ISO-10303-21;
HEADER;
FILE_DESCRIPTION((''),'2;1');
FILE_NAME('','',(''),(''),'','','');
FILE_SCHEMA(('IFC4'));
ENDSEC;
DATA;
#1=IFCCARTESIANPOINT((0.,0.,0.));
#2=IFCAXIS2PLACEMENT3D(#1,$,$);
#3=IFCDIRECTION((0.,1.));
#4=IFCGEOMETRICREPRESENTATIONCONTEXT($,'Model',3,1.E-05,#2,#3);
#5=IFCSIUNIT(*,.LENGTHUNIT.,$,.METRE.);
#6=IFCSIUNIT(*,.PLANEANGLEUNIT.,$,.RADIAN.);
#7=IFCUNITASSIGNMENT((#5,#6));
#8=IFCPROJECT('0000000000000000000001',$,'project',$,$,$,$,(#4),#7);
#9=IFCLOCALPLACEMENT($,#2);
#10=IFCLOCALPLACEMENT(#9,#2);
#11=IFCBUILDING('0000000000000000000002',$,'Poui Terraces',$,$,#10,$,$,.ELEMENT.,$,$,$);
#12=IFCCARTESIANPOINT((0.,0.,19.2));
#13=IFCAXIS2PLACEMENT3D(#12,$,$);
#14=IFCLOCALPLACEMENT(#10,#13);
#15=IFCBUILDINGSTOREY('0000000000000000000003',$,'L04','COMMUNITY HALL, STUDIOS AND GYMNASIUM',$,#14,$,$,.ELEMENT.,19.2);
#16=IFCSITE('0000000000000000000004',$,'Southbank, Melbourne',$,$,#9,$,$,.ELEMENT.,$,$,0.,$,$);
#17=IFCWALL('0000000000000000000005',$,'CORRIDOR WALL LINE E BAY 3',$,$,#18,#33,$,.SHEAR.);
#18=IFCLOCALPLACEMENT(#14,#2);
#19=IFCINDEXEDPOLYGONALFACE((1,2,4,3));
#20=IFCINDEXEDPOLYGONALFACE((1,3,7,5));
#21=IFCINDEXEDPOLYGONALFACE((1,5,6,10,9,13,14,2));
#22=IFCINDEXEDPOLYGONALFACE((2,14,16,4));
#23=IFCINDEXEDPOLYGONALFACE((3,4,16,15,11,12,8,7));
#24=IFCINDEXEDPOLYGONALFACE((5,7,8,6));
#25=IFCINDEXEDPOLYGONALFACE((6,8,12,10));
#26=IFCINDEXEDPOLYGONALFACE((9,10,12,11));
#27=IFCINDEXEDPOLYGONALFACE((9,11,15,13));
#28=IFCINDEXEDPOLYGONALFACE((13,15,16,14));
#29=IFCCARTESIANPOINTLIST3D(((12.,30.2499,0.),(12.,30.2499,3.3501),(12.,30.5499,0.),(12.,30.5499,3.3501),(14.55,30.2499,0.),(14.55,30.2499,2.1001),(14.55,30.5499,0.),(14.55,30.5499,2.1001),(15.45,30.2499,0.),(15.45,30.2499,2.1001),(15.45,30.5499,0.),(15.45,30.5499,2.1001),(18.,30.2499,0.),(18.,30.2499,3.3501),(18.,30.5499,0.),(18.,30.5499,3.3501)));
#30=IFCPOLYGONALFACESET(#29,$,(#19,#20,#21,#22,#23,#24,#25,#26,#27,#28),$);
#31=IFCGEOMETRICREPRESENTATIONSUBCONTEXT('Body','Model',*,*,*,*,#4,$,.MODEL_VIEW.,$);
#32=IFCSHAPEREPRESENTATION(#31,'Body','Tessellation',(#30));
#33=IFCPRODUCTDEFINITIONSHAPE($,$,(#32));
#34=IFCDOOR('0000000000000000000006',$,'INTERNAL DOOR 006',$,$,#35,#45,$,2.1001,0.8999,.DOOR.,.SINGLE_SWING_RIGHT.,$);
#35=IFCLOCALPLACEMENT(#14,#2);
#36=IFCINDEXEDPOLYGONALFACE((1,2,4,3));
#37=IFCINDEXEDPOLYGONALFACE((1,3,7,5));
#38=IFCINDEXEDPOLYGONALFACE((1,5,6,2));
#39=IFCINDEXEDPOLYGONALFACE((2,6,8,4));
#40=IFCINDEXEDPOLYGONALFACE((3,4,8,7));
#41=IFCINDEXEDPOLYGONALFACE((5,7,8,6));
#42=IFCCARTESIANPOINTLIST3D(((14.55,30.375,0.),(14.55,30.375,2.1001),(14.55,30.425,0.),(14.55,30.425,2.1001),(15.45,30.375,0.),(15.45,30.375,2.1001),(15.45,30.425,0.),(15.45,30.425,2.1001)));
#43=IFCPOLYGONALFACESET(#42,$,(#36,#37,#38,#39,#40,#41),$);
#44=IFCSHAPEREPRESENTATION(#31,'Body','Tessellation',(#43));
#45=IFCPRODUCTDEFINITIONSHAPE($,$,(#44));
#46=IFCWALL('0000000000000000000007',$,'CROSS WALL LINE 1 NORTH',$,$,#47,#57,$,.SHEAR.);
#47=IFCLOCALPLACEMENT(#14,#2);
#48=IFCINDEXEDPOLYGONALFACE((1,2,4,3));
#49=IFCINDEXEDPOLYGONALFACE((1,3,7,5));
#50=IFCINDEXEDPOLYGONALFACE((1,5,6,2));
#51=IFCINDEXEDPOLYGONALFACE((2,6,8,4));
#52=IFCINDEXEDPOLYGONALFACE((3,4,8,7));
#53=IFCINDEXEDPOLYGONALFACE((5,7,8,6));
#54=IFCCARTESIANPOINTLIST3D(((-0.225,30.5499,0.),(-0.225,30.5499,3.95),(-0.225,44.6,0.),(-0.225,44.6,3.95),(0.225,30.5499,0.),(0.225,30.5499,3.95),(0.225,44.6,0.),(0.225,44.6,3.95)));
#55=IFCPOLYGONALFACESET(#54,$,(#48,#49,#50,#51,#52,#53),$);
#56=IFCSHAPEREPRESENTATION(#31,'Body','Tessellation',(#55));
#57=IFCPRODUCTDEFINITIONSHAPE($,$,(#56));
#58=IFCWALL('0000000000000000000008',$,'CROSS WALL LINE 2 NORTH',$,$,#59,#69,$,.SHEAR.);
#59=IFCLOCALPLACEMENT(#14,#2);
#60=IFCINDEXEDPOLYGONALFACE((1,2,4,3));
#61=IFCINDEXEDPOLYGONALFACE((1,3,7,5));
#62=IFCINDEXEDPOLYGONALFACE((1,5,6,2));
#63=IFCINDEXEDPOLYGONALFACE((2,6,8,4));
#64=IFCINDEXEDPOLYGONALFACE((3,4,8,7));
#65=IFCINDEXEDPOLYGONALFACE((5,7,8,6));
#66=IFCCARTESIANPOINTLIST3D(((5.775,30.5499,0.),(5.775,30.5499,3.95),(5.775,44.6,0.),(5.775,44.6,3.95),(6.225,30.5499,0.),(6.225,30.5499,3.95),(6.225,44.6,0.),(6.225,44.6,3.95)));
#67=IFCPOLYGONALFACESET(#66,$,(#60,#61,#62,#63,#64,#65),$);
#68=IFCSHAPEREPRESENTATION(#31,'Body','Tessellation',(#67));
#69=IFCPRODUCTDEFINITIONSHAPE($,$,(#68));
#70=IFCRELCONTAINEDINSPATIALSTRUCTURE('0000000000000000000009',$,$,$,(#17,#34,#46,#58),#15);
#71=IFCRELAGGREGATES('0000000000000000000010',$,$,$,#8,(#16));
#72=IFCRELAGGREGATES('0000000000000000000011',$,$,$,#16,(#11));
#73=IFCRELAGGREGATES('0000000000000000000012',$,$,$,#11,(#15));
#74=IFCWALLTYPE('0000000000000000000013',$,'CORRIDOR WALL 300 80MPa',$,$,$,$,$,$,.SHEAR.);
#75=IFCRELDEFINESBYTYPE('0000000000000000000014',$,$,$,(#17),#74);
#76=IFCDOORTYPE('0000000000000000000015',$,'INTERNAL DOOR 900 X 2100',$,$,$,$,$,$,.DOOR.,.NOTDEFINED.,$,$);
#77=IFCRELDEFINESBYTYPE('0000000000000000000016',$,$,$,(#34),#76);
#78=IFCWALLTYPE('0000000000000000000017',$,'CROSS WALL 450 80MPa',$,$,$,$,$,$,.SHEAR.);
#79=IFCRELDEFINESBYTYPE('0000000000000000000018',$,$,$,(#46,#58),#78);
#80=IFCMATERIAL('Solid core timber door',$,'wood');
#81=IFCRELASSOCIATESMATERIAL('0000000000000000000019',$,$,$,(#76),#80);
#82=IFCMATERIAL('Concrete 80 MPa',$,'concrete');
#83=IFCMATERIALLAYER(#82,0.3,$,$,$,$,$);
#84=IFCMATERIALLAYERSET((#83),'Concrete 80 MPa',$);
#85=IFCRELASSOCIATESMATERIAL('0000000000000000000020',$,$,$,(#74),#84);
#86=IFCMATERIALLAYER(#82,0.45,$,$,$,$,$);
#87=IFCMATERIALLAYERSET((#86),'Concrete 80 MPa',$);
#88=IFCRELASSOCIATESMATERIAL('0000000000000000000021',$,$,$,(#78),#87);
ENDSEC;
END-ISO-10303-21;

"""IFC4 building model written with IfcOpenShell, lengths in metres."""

from ifc_helpers import new_model, si_unit, direction, frame, frame_2d, origin, place, context, subcontext, project, spatial, rectangle, extrude, material, layer, layer_set, type_object, element, fill, save


model = new_model("IFC4")

# Units and contexts
model_context = context("Model", 3, precision=1e-05, world=origin(), true_north=direction((0.0, 1.0)))
body_context = subcontext(model_context, "Body", "Model", "MODEL_VIEW")
ifc_project = project(units=[si_unit("LENGTHUNIT", "METRE"), si_unit("PLANEANGLEUNIT", "RADIAN")], contexts=[model_context])

# Site, building, storey
site_placement = place(None, origin())
site = spatial("IfcSite", under=ifc_project, at=site_placement, Name="Southbank, Melbourne", CompositionType="ELEMENT", RefElevation=0.0)
building_placement = place(site_placement, origin())
building = spatial("IfcBuilding", under=site, at=building_placement, Name="Poui Terraces", CompositionType="ELEMENT")
storey_placement = place(building_placement, frame((0.0, 0.0, 19.2)))
storey = spatial("IfcBuildingStorey", under=building, at=storey_placement, Name="L04", Description="COMMUNITY HALL, STUDIOS AND GYMNASIUM", CompositionType="ELEMENT", Elevation=19.2)

# Shared definitions
ifc_material_1 = material(Name="Concrete 80 MPa", Category="concrete")

# Shared definitions
ifc_material_2 = material(Name="Solid core timber door", Category="wood")
door_type_1 = type_object("IfcDoorType", Name="INTERNAL DOOR 900 X 2100", OperationType="NOTDEFINED", PredefinedType="DOOR", material=ifc_material_2)

# Wall, opening, door
ifc_layer_1 = layer(ifc_material_1, 0.3)
ifc_layer_set_1 = layer_set([ifc_layer_1], Name="Concrete 80 MPa")
wall_type_1 = type_object("IfcWallType", Name="CORRIDOR WALL 300 80MPa", PredefinedType="SHEAR", material=ifc_layer_set_1)
wall_1_placement = place(storey_placement, frame((12.0, 30.3999, 0.0), z_axis=(0.0, 0.0, 1.0), x_axis=(1.0, 0.0, 0.0)))
wall_1 = element("IfcWall", 1, at=wall_1_placement, inside=storey, type_object=wall_type_1, Name="CORRIDOR WALL LINE E BAY 3", PredefinedType="SHEAR", context=body_context, shape_type="SweptSolid", body=[
    extrude(rectangle(XDim=6.0, YDim=0.3, at=frame_2d((3.0, 0.0))), origin(), (0.0, 0.0, 1.0), 3.3501),
])
opening_1_placement = place(wall_1_placement, frame((2.55, 0.0, 0.0)))
opening_1 = element("IfcOpeningElement", 2, at=opening_1_placement, cuts=wall_1, PredefinedType="OPENING", context=body_context, shape_type="SweptSolid", body=[
    extrude(rectangle(XDim=0.8999, YDim=2.1001, at=frame_2d((0.45, 1.05))), frame((0.0, 0.1602, 0.0), z_axis=(0.0, -1.0, 0.0), x_axis=(1.0, 0.0, 0.0)), (0.0, 0.0, 1.0), 0.3201),
])
door_1_placement = place(opening_1_placement, frame((0.8999, 0.0, 0.0), z_axis=(0.0, 0.0, 1.0), x_axis=(-1.0, 0.0, 0.0)))
door_1 = element("IfcDoor", 3, at=door_1_placement, inside=storey, type_object=door_type_1, Name="INTERNAL DOOR 006", OperationType="SINGLE_SWING_RIGHT", OverallHeight=2.1001, OverallWidth=0.8999, PredefinedType="DOOR", context=body_context, shape_type="SweptSolid", body=[
    extrude(rectangle(XDim=0.8999, YDim=2.1001, at=frame_2d((0.45, 1.05))), frame((0.0, 0.0249, 0.0), z_axis=(0.0, -1.0, 0.0), x_axis=(1.0, 0.0, 0.0)), (0.0, 0.0, 1.0), 0.05),
])
fill(opening_1, door_1)

# Walls
ifc_layer_2 = layer(ifc_material_1, 0.45)
ifc_layer_set_2 = layer_set([ifc_layer_2], Name="Concrete 80 MPa")
wall_type_2 = type_object("IfcWallType", Name="CROSS WALL 450 80MPa", PredefinedType="SHEAR", material=ifc_layer_set_2)
for number, where, z_axis, x_axis, name in (
    (4, (0.0, 30.55, 0.0), (0.0, 0.0, 1.0), (0.0, 1.0, 0.0), "CROSS WALL LINE 1 NORTH"),
    (5, (6.0, 30.55, 0.0), (0.0, 0.0, 1.0), (0.0, 1.0, 0.0), "CROSS WALL LINE 2 NORTH"),
):
    element("IfcWall", number, at=place(storey_placement, frame(where, z_axis=z_axis, x_axis=x_axis)), inside=storey, type_object=wall_type_2, Name=name, PredefinedType="SHEAR", context=body_context, shape_type="SweptSolid", body=[
        extrude(rectangle(XDim=14.05, YDim=0.45, at=frame_2d((7.0249, 0.0))), origin(), (0.0, 0.0, 1.0), 3.95),
    ])

save(model, "model.ifc")
